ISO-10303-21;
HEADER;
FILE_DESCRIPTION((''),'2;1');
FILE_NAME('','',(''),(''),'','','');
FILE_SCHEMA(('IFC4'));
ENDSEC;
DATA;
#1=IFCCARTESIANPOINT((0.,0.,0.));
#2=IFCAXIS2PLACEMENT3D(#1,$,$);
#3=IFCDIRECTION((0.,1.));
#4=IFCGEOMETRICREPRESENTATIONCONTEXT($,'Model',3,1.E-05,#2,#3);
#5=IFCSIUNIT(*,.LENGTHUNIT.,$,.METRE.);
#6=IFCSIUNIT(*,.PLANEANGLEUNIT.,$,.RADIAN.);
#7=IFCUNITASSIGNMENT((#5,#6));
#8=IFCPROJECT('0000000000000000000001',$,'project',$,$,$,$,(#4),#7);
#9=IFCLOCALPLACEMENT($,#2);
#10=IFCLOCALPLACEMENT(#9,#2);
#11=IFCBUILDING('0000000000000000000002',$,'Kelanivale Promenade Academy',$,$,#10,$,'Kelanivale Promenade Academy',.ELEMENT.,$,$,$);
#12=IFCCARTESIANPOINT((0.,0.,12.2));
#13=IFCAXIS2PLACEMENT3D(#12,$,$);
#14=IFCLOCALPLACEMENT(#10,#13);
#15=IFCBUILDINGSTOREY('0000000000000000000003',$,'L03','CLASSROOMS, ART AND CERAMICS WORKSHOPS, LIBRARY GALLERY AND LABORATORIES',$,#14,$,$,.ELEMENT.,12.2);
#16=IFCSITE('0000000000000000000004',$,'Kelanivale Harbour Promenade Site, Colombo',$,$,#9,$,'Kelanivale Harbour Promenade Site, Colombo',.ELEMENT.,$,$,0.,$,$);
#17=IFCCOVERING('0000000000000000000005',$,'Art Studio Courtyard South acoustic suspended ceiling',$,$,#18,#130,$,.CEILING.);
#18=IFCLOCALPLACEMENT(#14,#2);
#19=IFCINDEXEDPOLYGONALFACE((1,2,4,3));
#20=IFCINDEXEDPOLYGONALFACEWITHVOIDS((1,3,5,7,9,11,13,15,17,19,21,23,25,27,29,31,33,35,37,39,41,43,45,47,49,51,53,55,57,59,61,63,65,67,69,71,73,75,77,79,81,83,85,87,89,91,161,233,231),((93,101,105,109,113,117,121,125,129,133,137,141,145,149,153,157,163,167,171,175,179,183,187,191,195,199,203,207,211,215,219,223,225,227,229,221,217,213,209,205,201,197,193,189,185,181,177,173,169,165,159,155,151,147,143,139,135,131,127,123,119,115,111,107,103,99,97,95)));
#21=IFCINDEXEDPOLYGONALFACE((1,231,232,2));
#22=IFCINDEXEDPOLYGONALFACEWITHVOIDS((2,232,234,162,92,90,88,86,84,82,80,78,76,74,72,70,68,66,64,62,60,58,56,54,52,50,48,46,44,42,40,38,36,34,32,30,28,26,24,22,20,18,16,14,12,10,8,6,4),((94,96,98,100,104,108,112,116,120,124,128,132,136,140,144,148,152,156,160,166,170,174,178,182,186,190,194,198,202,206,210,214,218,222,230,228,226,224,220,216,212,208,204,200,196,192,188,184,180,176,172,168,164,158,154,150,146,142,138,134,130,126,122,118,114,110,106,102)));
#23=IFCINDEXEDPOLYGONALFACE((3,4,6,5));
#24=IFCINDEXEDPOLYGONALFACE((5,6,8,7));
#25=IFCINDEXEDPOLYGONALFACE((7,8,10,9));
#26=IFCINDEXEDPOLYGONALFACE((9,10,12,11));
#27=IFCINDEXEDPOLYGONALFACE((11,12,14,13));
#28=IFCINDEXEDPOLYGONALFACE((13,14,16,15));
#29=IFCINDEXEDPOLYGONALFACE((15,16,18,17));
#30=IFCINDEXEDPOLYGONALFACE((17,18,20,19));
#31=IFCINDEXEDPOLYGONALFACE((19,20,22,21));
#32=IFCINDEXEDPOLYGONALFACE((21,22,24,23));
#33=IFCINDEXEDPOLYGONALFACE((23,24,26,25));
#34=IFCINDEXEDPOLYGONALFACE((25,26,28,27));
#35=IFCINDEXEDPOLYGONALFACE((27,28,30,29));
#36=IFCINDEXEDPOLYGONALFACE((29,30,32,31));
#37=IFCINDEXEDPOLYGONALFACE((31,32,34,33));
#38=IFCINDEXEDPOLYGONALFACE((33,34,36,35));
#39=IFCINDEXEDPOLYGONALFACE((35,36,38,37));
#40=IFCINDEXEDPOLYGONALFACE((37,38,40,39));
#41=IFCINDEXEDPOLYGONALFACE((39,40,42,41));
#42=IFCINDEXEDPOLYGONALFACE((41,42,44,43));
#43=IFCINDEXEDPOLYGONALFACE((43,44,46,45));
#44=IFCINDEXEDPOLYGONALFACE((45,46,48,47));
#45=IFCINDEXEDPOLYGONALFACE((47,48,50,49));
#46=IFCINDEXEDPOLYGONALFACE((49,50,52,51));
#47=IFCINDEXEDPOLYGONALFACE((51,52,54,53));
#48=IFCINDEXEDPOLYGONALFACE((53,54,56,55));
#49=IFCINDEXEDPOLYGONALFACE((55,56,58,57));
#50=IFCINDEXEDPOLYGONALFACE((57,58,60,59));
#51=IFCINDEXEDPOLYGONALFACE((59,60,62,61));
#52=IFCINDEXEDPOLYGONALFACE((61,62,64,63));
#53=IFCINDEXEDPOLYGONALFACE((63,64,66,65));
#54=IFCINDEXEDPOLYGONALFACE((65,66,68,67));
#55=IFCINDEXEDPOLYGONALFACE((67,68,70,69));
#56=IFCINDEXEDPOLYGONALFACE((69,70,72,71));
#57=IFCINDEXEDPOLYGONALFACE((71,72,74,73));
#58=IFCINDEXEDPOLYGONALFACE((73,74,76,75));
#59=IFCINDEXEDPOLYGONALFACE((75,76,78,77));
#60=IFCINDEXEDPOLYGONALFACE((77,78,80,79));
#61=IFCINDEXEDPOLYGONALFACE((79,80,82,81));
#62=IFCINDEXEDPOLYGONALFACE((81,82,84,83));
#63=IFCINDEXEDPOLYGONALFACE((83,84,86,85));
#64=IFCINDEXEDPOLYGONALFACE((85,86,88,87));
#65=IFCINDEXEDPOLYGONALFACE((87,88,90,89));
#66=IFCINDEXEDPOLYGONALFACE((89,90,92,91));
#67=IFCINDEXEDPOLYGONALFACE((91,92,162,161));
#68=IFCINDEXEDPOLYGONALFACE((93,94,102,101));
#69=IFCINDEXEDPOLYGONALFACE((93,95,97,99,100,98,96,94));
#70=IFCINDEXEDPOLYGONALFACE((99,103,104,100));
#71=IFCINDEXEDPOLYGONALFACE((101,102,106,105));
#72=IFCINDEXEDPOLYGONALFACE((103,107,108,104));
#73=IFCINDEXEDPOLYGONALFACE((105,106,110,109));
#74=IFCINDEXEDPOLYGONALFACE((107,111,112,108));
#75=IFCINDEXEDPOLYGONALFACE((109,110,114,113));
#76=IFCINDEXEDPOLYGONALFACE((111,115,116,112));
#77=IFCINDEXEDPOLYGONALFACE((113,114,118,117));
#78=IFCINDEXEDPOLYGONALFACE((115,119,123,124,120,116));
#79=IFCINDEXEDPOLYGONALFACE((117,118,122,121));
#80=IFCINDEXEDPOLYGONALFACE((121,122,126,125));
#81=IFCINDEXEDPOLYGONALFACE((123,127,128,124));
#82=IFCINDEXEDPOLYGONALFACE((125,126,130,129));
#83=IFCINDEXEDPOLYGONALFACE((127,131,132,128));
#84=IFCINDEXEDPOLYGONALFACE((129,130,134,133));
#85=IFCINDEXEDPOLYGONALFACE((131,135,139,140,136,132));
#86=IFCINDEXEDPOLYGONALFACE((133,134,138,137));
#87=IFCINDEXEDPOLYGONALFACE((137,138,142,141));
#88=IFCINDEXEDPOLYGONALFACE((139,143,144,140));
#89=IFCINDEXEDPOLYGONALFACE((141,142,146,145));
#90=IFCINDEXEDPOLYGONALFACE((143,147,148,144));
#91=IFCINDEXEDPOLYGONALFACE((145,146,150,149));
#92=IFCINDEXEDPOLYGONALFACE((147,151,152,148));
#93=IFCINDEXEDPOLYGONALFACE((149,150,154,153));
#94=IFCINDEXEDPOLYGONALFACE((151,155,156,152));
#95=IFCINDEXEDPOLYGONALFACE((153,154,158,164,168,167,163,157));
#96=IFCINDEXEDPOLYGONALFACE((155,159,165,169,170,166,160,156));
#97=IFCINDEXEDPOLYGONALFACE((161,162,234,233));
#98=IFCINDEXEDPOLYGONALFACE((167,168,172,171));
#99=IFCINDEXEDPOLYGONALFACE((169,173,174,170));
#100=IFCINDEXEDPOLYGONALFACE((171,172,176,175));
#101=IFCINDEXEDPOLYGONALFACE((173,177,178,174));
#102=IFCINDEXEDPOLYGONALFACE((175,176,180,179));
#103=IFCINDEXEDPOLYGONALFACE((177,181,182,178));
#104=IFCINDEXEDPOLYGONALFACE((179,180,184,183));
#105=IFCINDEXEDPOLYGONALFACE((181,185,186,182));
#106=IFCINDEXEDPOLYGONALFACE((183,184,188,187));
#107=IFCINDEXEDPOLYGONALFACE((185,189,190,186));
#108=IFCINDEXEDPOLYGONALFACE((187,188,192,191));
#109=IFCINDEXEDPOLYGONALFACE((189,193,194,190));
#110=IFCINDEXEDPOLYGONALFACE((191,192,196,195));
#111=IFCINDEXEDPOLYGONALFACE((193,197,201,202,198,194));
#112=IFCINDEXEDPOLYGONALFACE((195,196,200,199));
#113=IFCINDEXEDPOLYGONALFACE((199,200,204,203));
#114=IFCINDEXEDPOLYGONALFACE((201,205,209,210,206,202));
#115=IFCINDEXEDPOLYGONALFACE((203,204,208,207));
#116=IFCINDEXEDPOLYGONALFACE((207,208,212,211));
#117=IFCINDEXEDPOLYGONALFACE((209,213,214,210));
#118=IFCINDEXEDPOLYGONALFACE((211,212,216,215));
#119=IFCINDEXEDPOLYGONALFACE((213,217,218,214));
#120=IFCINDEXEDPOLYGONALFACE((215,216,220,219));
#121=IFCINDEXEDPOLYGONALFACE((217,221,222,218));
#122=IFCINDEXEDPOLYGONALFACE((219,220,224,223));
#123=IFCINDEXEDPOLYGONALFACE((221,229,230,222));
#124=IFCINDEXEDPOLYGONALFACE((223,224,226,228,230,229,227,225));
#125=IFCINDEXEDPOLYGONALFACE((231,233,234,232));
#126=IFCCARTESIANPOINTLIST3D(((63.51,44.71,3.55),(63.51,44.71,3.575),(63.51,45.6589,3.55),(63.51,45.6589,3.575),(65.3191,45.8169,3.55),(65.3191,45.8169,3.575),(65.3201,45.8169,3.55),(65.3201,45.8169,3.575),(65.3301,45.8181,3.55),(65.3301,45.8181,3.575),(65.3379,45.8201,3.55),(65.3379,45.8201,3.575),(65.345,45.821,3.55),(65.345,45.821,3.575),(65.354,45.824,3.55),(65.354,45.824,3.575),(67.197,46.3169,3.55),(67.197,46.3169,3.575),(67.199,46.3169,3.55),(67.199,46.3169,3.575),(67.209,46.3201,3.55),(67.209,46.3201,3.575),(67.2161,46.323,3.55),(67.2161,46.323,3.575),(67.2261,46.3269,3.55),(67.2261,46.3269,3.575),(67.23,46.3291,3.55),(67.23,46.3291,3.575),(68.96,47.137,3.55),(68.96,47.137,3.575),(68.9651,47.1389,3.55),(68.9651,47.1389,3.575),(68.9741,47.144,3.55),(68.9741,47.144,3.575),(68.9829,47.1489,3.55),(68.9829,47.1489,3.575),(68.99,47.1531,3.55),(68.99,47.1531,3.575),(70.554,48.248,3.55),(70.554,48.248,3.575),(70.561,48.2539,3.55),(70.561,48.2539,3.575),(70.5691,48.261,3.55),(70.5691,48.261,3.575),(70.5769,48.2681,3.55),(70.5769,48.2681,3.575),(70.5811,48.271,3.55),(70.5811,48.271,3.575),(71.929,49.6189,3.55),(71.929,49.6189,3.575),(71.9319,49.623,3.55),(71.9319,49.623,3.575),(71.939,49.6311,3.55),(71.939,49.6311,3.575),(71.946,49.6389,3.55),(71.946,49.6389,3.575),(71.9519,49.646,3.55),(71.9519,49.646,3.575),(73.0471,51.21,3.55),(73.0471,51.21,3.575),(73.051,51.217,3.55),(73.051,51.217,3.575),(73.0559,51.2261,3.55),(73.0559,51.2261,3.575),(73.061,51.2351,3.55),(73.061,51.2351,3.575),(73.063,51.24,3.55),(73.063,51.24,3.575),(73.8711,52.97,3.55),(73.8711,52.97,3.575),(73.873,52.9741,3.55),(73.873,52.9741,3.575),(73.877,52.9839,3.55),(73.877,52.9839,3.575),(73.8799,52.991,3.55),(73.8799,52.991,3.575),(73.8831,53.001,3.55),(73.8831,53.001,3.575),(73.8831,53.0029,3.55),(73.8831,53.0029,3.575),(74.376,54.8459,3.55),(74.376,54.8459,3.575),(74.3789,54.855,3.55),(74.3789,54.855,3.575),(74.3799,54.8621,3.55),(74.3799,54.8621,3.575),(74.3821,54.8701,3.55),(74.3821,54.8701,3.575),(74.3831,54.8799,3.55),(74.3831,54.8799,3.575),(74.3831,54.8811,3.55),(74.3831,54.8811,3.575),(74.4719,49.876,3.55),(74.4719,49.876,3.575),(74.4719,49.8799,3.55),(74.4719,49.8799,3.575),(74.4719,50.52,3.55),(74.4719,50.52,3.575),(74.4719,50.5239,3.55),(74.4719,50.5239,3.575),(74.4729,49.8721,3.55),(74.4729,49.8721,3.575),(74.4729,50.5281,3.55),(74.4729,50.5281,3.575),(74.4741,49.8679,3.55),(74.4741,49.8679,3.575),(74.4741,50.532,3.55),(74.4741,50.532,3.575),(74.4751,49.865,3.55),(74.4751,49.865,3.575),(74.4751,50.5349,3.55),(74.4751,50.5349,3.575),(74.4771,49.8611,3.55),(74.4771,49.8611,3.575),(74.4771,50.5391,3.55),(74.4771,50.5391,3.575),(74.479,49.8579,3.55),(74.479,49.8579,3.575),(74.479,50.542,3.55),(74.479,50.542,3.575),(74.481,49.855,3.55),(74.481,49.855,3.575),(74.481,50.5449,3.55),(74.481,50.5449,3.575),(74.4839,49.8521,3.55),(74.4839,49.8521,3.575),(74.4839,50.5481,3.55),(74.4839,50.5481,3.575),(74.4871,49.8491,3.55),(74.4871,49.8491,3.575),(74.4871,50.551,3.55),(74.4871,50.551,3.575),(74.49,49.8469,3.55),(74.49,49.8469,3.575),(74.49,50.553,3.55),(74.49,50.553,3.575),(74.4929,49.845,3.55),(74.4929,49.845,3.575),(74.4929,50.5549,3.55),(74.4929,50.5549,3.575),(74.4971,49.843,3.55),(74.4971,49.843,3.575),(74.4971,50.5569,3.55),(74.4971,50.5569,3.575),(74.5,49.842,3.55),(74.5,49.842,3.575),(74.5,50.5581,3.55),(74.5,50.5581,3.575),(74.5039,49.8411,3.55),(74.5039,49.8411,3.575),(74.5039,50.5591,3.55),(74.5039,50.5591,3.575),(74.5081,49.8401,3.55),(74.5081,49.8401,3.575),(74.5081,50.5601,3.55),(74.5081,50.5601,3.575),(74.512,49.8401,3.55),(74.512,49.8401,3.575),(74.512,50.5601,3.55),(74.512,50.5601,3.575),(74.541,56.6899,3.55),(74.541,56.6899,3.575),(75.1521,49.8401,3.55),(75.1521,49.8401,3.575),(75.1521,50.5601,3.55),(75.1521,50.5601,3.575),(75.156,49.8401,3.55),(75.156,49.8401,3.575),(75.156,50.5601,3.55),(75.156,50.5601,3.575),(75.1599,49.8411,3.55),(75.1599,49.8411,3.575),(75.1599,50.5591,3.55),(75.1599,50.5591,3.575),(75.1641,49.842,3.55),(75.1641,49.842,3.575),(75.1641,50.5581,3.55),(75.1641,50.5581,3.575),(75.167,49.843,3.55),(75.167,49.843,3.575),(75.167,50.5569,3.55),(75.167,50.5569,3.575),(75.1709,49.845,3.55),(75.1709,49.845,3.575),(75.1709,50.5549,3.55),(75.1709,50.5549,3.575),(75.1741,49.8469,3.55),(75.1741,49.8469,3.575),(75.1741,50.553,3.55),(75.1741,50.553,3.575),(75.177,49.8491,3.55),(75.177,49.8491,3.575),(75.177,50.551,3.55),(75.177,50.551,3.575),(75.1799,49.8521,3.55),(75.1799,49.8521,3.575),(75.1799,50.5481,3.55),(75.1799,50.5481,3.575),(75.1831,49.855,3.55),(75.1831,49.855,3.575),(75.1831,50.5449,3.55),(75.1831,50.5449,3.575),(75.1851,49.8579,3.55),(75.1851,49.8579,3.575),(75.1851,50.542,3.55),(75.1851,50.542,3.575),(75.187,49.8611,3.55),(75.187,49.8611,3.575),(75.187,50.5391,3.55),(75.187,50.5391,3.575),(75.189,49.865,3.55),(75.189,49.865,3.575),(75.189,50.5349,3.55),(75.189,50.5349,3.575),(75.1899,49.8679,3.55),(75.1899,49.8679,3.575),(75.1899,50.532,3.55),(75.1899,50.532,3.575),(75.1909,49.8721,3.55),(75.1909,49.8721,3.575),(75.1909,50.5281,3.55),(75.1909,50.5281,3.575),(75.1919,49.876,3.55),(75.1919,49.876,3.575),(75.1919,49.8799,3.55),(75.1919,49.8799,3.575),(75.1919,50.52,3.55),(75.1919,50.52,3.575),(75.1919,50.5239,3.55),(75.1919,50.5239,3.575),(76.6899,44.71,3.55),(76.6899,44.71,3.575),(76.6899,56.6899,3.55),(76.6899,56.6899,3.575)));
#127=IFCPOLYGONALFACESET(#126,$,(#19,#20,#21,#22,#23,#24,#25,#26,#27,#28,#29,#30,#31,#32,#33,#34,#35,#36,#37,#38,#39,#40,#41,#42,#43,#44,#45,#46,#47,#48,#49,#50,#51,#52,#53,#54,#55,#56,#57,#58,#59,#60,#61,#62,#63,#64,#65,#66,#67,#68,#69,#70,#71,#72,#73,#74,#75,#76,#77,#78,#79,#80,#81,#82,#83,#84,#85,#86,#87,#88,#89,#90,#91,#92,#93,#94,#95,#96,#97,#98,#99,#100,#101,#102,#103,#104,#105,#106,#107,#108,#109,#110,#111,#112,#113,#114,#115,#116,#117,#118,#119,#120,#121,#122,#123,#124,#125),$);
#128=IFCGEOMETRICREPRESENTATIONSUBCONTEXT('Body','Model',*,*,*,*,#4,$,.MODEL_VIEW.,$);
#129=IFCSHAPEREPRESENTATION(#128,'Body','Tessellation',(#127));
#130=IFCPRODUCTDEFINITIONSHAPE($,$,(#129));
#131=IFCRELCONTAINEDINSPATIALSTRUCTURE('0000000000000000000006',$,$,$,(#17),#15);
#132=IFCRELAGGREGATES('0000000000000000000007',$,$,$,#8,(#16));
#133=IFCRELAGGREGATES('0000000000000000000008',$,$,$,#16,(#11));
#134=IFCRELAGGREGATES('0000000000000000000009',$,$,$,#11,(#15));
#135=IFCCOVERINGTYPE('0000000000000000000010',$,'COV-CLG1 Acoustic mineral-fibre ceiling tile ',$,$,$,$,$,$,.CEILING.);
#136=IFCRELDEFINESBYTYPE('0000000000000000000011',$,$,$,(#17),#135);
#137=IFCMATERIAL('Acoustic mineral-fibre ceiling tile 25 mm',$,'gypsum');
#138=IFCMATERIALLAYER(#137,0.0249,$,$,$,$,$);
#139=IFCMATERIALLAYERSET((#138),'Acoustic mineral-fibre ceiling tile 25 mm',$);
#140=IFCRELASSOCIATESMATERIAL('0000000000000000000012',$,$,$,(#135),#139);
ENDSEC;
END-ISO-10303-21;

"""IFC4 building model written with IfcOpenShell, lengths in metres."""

from ifc_helpers import new_model, si_unit, direction, frame, origin, place, context, subcontext, project, spatial, polyline, outline, extrude, material, layer, layer_set, type_object, element, save


model = new_model("IFC4")

# Units and contexts
model_context = context("Model", 3, precision=1e-05, world=origin(), true_north=direction((0.0, 1.0)))
body_context = subcontext(model_context, "Body", "Model", "MODEL_VIEW")
ifc_project = project(units=[si_unit("LENGTHUNIT", "METRE"), si_unit("PLANEANGLEUNIT", "RADIAN")], contexts=[model_context])

# Site, building, storey
site_placement = place(None, origin())
site = spatial("IfcSite", under=ifc_project, at=site_placement, Name="Kelanivale Harbour Promenade Site, Colombo", LongName="Kelanivale Harbour Promenade Site, Colombo", CompositionType="ELEMENT", RefElevation=0.0)
building_placement = place(site_placement, origin())
building = spatial("IfcBuilding", under=site, at=building_placement, Name="Kelanivale Promenade Academy", LongName="Kelanivale Promenade Academy", CompositionType="ELEMENT")
storey_placement = place(building_placement, frame((0.0, 0.0, 12.2)))
storey = spatial("IfcBuildingStorey", under=building, at=storey_placement, Name="L03", Description="CLASSROOMS, ART AND CERAMICS WORKSHOPS, LIBRARY GALLERY AND LABORATORIES", CompositionType="ELEMENT", Elevation=12.2)

# Covering
ifc_material_1 = material(Name="Acoustic mineral-fibre ceiling tile 25 mm", Category="gypsum")
ifc_layer_1 = layer(ifc_material_1, 0.0249)
ifc_layer_set_1 = layer_set([ifc_layer_1], Name="Acoustic mineral-fibre ceiling tile 25 mm")
covering_type_1 = type_object("IfcCoveringType", Name="COV-CLG1 Acoustic mineral-fibre ceiling tile ", PredefinedType="CEILING", material=ifc_layer_set_1)
covering_1_placement = place(storey_placement, frame((0.0, 0.0, 3.55)))
element("IfcCovering", 1, at=covering_1_placement, inside=storey, type_object=covering_type_1, Name="Art Studio Courtyard South acoustic suspended ceiling", PredefinedType="CEILING", context=body_context, shape_type="SweptSolid", body=[
    extrude(outline(polyline([(65.354, 45.824), (65.345, 45.821), (65.3379, 45.8201), (65.3301, 45.8181), (65.3201, 45.8169), (65.3191, 45.8169), (63.51, 45.6589), (63.51, 44.71), (76.6899, 44.71), (76.6899, 56.6899), (74.541, 56.6899), (74.3831, 54.8811), (74.3831, 54.8799), (74.3821, 54.8701), (74.3799, 54.8621), (74.3789, 54.855), (74.376, 54.8459), (73.8831, 53.0029), (73.8831, 53.001), (73.8799, 52.991), (73.877, 52.9839), (73.873, 52.9741), (73.8711, 52.97), (73.063, 51.24), (73.061, 51.2351), (73.0559, 51.2261), (73.051, 51.217), (73.0471, 51.21), (71.9519, 49.646), (71.946, 49.6389), (71.939, 49.6311), (71.9319, 49.623), (71.929, 49.6189), (70.5811, 48.271), (70.5769, 48.2681), (70.5691, 48.261), (70.561, 48.2539), (70.554, 48.248), (68.99, 47.1531), (68.9829, 47.1489), (68.9741, 47.144), (68.9651, 47.1389), (68.96, 47.137), (67.23, 46.3291), (67.2261, 46.3269), (67.2161, 46.323), (67.209, 46.3201), (67.199, 46.3169), (67.197, 46.3169), (65.354, 45.824)]), holes=[polyline([(75.1521, 50.5601), (75.156, 50.5601), (75.1599, 50.5591), (75.1641, 50.5581), (75.167, 50.5569), (75.1709, 50.5549), (75.1741, 50.553), (75.177, 50.551), (75.1799, 50.5481), (75.1831, 50.5449), (75.1851, 50.542), (75.187, 50.5391), (75.189, 50.5349), (75.1899, 50.532), (75.1909, 50.5281), (75.1919, 50.5239), (75.1919, 50.52), (75.1919, 49.8799), (75.1919, 49.876), (75.1909, 49.8721), (75.1899, 49.8679), (75.189, 49.865), (75.187, 49.8611), (75.1851, 49.8579), (75.1831, 49.855), (75.1799, 49.8521), (75.177, 49.8491), (75.1741, 49.8469), (75.1709, 49.845), (75.167, 49.843), (75.1641, 49.842), (75.1599, 49.8411), (75.156, 49.8401), (75.1521, 49.8401), (74.512, 49.8401), (74.5081, 49.8401), (74.5039, 49.8411), (74.5, 49.842), (74.4971, 49.843), (74.4929, 49.845), (74.49, 49.8469), (74.4871, 49.8491), (74.4839, 49.8521), (74.481, 49.855), (74.479, 49.8579), (74.4771, 49.8611), (74.4751, 49.865), (74.4741, 49.8679), (74.4729, 49.8721), (74.4719, 49.876), (74.4719, 49.8799), (74.4719, 50.52), (74.4719, 50.5239), (74.4729, 50.5281), (74.4741, 50.532), (74.4751, 50.5349), (74.4771, 50.5391), (74.479, 50.542), (74.481, 50.5449), (74.4839, 50.5481), (74.4871, 50.551), (74.49, 50.553), (74.4929, 50.5549), (74.4971, 50.5569), (74.5, 50.5581), (74.5039, 50.5591), (74.5081, 50.5601), (74.512, 50.5601), (75.1521, 50.5601)])]), origin(), (0.0, 0.0, 1.0), 0.0249),
])

save(model, "model.ifc")
